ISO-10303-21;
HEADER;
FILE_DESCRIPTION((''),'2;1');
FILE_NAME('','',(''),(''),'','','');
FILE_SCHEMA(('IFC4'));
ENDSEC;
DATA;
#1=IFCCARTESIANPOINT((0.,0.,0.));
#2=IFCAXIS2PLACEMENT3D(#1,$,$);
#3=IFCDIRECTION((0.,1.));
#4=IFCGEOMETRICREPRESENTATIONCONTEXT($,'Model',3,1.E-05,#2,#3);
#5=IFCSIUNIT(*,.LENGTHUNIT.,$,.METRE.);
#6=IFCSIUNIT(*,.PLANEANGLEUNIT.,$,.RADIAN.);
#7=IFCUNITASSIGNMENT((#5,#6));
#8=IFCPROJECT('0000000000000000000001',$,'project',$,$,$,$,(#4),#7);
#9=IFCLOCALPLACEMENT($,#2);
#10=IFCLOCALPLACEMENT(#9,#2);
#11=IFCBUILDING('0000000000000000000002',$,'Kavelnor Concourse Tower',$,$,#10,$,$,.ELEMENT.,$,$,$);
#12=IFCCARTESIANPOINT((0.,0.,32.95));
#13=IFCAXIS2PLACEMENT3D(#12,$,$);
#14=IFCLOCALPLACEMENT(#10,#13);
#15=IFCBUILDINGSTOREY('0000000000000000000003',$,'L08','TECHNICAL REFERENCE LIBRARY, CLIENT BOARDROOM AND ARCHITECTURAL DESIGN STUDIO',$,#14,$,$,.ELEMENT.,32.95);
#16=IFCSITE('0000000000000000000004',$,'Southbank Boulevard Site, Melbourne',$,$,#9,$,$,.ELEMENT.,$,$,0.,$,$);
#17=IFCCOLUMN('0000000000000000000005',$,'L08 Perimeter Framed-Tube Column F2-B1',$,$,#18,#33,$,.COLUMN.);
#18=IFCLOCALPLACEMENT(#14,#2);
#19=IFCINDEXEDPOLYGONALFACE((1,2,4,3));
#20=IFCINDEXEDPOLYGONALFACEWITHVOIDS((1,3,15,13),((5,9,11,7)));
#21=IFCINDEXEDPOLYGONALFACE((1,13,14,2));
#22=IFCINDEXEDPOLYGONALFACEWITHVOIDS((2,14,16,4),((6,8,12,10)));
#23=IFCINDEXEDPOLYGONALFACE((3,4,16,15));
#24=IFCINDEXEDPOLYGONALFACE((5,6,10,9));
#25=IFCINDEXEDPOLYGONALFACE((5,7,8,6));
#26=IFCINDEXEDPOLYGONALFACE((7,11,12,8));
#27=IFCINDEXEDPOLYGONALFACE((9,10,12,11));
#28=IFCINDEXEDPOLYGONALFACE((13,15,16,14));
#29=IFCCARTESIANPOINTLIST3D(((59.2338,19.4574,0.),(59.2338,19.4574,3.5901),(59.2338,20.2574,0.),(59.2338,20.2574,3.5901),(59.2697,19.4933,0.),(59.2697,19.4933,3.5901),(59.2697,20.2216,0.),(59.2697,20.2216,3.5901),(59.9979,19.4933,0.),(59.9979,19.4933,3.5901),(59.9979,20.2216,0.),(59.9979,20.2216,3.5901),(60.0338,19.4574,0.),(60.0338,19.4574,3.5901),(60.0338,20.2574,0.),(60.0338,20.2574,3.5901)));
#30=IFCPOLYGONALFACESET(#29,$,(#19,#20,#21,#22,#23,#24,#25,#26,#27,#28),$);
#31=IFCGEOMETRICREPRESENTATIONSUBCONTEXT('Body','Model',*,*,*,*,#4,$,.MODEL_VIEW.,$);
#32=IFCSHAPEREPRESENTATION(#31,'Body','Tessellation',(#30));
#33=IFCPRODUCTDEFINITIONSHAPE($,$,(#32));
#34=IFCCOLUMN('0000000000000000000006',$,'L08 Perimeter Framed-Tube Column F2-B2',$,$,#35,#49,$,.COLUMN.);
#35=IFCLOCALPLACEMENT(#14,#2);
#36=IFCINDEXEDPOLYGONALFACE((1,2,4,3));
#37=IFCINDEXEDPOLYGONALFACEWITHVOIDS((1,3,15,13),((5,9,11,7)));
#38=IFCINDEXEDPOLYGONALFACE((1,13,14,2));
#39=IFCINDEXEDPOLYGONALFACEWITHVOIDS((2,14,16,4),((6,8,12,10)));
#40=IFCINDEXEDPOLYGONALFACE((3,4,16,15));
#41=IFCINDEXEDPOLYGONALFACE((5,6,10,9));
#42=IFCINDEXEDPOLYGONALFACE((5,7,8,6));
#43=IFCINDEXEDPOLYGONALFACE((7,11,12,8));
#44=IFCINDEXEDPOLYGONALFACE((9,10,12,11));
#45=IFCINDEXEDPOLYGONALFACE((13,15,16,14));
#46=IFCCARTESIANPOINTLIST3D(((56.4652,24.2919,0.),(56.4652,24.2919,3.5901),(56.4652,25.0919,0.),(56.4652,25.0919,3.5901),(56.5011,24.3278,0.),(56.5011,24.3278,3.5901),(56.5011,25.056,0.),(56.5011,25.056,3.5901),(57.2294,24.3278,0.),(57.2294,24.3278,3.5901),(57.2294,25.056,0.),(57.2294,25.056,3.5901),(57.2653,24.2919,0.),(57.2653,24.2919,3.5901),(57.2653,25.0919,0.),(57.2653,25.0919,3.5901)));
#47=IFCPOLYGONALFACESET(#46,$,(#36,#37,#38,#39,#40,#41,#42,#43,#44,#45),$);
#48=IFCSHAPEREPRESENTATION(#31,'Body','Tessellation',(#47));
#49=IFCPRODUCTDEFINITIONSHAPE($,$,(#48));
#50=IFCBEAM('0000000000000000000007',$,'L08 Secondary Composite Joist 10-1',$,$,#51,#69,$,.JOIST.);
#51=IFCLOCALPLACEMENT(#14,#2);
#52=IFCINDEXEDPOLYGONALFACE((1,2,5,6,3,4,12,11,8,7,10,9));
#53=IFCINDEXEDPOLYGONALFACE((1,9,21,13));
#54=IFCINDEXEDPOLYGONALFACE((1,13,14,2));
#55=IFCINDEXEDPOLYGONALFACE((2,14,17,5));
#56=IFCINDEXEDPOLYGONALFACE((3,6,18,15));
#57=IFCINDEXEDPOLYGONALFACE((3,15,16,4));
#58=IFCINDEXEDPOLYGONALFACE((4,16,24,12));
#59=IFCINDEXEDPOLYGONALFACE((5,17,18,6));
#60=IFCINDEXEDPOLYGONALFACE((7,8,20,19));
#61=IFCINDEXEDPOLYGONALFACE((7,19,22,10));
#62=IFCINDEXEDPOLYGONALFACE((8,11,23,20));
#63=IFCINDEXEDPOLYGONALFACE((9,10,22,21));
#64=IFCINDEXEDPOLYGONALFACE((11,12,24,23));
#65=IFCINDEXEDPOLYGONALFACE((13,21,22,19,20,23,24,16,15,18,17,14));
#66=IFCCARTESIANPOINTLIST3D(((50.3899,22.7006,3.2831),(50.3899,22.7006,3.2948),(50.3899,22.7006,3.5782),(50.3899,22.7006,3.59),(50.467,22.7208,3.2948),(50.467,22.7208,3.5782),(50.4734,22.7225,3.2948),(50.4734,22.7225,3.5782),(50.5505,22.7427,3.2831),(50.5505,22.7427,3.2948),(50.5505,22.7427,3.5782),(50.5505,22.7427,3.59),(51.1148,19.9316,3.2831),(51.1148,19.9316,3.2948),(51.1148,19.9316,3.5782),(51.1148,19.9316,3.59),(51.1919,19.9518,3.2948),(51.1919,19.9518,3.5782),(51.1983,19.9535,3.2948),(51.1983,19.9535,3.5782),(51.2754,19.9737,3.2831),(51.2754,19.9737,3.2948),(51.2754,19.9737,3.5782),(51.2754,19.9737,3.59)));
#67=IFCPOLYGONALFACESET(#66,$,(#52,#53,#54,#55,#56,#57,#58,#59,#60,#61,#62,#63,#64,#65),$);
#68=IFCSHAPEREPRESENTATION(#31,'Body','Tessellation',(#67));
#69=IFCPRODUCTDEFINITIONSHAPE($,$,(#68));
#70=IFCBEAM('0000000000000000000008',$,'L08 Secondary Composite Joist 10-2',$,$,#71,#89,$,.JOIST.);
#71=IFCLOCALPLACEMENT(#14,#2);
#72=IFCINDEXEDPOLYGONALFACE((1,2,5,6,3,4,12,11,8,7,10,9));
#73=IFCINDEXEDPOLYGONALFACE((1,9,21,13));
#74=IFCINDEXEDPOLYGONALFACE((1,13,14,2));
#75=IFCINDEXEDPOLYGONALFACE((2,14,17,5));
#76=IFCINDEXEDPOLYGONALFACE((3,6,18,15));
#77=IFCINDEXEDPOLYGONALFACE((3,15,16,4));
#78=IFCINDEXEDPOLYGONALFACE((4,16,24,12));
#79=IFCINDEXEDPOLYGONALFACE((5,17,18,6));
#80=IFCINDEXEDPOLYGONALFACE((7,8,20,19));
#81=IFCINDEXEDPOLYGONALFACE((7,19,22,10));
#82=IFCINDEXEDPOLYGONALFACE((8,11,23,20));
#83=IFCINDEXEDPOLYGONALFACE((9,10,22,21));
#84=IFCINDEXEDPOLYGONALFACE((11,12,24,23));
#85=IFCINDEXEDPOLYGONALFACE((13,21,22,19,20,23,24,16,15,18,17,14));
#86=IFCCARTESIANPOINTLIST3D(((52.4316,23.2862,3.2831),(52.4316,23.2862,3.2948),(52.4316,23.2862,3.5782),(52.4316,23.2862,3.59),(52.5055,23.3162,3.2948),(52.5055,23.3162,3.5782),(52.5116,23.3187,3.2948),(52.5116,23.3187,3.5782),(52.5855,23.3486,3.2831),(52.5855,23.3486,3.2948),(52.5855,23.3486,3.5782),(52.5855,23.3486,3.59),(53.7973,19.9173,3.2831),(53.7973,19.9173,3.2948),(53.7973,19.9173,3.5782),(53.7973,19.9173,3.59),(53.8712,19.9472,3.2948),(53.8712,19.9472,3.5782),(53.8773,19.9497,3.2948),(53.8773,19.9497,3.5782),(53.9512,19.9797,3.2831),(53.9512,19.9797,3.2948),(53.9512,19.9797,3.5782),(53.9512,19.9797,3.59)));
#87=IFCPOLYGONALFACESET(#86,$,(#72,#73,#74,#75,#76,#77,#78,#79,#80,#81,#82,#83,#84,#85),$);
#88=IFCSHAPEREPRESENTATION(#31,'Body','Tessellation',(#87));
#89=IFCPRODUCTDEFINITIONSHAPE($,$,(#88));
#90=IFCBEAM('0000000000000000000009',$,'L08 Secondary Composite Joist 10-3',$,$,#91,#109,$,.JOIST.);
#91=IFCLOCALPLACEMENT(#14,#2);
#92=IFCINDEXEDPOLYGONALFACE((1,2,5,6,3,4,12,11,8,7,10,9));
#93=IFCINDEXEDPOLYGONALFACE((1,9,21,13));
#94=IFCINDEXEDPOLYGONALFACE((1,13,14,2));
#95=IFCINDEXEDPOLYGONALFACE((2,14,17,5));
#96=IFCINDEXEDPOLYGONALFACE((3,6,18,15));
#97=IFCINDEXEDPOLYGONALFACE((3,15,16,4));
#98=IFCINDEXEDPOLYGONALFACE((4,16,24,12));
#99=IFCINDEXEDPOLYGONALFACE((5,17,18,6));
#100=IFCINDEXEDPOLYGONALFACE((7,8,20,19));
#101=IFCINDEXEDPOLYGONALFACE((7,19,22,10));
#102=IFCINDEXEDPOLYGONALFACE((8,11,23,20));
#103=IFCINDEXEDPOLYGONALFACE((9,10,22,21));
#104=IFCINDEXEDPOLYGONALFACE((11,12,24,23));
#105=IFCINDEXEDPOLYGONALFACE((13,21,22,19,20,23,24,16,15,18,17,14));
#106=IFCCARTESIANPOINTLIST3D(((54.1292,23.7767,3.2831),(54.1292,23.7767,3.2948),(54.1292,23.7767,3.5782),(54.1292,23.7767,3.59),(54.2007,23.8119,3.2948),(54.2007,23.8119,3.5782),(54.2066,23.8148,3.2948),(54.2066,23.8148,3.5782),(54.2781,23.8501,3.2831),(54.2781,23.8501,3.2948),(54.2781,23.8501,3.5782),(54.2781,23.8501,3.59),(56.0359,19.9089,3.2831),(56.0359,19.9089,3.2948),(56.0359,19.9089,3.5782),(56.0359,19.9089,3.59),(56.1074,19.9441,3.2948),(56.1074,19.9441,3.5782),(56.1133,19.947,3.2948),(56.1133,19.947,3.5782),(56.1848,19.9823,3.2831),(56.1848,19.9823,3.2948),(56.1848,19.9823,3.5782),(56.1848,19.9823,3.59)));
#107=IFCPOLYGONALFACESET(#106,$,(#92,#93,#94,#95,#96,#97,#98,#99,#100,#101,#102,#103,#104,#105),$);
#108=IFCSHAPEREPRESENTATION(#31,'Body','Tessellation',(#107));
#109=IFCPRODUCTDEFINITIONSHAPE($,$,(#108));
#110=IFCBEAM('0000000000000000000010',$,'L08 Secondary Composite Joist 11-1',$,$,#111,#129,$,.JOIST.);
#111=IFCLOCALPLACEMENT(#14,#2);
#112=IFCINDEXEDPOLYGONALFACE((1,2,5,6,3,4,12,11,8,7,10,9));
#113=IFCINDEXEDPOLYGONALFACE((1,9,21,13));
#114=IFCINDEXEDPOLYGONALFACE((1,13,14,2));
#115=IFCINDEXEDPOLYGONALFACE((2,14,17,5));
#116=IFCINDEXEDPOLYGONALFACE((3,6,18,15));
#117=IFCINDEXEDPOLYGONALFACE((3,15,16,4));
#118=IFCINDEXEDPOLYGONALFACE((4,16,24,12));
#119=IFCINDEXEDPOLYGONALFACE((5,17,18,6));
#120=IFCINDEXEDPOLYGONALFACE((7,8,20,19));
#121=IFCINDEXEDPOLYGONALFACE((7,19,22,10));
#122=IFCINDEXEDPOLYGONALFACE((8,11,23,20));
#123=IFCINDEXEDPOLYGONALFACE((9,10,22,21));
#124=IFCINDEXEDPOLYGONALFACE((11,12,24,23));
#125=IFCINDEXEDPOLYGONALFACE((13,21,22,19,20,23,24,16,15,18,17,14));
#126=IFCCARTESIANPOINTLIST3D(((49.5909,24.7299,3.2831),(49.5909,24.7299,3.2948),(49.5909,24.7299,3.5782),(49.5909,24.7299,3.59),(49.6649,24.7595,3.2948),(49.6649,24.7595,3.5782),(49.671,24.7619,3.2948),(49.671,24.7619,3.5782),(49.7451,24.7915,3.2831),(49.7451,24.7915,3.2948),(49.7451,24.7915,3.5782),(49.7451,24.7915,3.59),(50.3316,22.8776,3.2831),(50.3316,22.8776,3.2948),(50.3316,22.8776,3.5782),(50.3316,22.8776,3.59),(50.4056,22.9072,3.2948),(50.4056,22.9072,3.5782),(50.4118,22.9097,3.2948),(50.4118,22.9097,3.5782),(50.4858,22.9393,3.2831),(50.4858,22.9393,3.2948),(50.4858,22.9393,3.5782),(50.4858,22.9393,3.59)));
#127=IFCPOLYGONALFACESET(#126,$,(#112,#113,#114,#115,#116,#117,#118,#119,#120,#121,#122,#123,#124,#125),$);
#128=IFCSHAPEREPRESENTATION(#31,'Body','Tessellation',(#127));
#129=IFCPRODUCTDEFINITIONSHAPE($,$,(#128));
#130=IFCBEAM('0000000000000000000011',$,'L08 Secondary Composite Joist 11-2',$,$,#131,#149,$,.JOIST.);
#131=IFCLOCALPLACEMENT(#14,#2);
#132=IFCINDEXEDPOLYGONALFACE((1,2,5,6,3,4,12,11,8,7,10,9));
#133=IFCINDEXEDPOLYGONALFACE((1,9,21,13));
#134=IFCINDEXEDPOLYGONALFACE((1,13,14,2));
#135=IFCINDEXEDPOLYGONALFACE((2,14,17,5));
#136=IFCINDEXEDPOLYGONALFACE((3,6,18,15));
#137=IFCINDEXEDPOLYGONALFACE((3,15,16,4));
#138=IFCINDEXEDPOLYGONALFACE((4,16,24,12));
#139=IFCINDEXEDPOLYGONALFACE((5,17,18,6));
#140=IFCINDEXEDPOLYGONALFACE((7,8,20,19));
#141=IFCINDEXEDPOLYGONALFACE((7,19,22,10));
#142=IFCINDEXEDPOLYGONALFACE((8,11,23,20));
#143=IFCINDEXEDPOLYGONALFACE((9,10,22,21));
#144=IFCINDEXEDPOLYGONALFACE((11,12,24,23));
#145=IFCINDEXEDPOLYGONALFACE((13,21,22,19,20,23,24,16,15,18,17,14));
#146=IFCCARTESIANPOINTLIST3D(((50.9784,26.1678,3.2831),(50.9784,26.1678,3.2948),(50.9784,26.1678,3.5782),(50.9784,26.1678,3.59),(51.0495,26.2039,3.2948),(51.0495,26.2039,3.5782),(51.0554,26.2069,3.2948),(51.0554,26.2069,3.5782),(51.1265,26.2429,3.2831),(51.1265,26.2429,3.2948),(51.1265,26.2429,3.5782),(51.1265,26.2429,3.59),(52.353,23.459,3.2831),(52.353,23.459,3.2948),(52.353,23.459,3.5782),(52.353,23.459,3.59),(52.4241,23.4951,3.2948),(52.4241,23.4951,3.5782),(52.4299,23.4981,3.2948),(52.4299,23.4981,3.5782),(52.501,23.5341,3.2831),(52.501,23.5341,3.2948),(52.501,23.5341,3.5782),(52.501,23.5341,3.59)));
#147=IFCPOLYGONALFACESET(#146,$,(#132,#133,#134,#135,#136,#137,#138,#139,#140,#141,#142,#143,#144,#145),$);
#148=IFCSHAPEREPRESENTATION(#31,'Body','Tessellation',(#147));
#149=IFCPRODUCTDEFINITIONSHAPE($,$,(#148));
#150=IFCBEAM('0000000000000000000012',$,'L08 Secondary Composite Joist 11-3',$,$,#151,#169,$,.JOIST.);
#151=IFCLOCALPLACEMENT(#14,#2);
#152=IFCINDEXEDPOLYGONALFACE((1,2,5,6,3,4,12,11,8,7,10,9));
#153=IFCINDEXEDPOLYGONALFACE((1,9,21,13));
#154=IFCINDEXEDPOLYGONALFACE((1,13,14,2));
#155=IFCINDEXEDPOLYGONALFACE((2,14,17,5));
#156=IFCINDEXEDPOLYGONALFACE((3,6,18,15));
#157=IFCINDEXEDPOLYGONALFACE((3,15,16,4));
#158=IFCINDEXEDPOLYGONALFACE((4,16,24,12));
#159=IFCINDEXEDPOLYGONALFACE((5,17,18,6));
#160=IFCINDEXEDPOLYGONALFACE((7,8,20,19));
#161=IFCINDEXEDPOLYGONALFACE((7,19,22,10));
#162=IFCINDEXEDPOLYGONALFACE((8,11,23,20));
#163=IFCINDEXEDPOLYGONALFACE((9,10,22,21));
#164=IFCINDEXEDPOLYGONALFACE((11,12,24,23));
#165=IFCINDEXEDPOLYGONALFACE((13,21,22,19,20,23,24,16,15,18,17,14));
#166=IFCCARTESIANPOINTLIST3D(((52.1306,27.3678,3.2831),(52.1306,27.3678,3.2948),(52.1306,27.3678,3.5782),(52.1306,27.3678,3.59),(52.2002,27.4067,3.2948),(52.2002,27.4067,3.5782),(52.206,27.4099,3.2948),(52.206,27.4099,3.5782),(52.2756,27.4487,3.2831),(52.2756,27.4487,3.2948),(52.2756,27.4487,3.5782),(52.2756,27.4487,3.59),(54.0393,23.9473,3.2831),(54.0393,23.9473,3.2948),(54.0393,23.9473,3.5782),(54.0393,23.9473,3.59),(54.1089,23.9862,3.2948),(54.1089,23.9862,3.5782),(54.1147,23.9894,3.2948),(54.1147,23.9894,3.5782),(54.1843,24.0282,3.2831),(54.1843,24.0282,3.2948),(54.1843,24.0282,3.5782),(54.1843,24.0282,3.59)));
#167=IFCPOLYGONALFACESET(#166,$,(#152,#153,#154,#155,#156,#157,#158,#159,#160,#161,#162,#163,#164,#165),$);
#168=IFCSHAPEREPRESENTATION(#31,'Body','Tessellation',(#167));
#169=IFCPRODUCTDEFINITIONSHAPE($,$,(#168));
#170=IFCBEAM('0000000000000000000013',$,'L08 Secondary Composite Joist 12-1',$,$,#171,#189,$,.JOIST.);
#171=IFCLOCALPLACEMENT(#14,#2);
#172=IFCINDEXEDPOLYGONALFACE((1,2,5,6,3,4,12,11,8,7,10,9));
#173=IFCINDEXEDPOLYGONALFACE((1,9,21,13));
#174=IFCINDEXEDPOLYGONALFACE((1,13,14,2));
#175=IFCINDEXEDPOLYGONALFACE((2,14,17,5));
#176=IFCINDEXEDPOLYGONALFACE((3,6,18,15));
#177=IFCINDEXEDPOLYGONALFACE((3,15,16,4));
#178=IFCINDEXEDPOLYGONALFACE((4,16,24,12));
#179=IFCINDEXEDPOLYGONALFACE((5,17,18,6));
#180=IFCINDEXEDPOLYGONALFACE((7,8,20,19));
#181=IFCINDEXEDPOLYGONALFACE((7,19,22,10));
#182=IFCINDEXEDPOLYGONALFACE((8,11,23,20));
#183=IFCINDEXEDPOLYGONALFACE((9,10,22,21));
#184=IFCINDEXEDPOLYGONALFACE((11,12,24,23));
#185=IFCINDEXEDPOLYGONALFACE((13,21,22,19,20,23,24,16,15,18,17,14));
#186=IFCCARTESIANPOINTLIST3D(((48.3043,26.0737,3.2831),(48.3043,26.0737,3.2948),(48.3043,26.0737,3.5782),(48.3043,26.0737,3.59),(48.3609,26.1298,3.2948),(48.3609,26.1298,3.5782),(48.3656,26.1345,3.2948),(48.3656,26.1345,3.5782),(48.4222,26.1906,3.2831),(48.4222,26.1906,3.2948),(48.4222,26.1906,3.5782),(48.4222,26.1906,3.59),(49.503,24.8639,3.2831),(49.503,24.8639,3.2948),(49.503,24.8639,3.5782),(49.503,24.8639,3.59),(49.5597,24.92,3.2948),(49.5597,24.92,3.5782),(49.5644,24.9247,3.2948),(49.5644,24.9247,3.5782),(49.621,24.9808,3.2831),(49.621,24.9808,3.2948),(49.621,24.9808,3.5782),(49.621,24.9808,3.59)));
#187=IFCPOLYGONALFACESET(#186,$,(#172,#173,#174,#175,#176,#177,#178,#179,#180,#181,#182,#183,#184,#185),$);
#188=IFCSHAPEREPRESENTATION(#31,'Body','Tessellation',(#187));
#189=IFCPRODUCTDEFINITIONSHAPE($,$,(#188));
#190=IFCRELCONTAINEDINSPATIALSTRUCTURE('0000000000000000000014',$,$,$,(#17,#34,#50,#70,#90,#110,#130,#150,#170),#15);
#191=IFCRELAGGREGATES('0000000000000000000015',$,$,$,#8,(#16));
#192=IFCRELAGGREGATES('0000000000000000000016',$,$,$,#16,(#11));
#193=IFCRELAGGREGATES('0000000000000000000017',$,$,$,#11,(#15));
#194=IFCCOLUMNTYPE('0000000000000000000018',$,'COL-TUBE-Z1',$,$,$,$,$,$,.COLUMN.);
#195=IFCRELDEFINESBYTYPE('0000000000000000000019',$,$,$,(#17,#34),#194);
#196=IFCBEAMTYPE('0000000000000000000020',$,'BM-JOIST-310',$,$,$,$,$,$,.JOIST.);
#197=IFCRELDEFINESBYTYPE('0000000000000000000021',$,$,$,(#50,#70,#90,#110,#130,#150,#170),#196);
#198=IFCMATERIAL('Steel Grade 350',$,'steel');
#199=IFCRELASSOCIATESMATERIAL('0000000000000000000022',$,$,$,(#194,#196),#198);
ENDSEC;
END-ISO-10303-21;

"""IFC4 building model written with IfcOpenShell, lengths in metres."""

from ifc_helpers import new_model, si_unit, direction, frame, origin, origin_2d, place, context, subcontext, project, spatial, hollow_rectangle, i_section, extrude, material, material_profile, profile_set, type_object, element, save


model = new_model("IFC4")

# Units and contexts
model_context = context("Model", 3, precision=1e-05, world=origin(), true_north=direction((0.0, 1.0)))
body_context = subcontext(model_context, "Body", "Model", "MODEL_VIEW")
ifc_project = project(units=[si_unit("LENGTHUNIT", "METRE"), si_unit("PLANEANGLEUNIT", "RADIAN")], contexts=[model_context])

# Site, building, storey
site_placement = place(None, origin())
site = spatial("IfcSite", under=ifc_project, at=site_placement, Name="Southbank Boulevard Site, Melbourne", CompositionType="ELEMENT", RefElevation=0.0)
building_placement = place(site_placement, origin())
building = spatial("IfcBuilding", under=site, at=building_placement, Name="Kavelnor Concourse Tower", CompositionType="ELEMENT")
storey_placement = place(building_placement, frame((0.0, 0.0, 32.95)))
storey = spatial("IfcBuildingStorey", under=building, at=storey_placement, Name="L08", Description="TECHNICAL REFERENCE LIBRARY, CLIENT BOARDROOM AND ARCHITECTURAL DESIGN STUDIO", CompositionType="ELEMENT", Elevation=32.95)

# Columns
ifc_material_1 = material(Name="Steel Grade 350", Category="steel")
ifc_material_profile_1 = material_profile(ifc_material_1, hollow_rectangle(XDim=0.8, YDim=0.8, WallThickness=0.0359, at=origin_2d()), Name="SHS 800x800x36")
ifc_profile_set_1 = profile_set([ifc_material_profile_1], Name="Steel Grade 350")
column_type = type_object("IfcColumnType", Name="COL-TUBE-Z1", PredefinedType="COLUMN", material=ifc_profile_set_1)
for number, where, z_axis, x_axis, name in (
    (1, (59.6338, 19.8574, 0.0), (0.0, 0.0, 1.0), (1.0, 0.0, 0.0), "L08 Perimeter Framed-Tube Column F2-B1"),
    (2, (56.8652, 24.6919, 0.0), (0.0, 0.0, 1.0), (1.0, 0.0, 0.0), "L08 Perimeter Framed-Tube Column F2-B2"),
):
    element("IfcColumn", number, at=place(storey_placement, frame(where, z_axis=z_axis, x_axis=x_axis)), inside=storey, type_object=column_type, Name=name, PredefinedType="COLUMN", context=body_context, shape_type="SweptSolid", body=[
        extrude(hollow_rectangle(XDim=0.8, YDim=0.8, WallThickness=0.0359, at=origin_2d()), origin(), (0.0, 0.0, 1.0), 3.5901),
    ])

# Beams
ifc_material_profile_2 = material_profile(ifc_material_1, i_section(OverallWidth=0.166, OverallDepth=0.3069, WebThickness=0.0066, FlangeThickness=0.0117, at=origin_2d()), Name="310UB46")
ifc_profile_set_2 = profile_set([ifc_material_profile_2], Name="Steel Grade 350")
beam_type_1 = type_object("IfcBeamType", Name="BM-JOIST-310", PredefinedType="JOIST", material=ifc_profile_set_2)
beam_1_placement = place(storey_placement, frame((51.1951, 19.9526, 3.4365), z_axis=(-0.253238, 0.967404, 0.0), x_axis=(-0.967404, -0.253238, 0.0)))
element("IfcBeam", 3, at=beam_1_placement, inside=storey, type_object=beam_type_1, Name="L08 Secondary Composite Joist 10-1", PredefinedType="JOIST", context=body_context, shape_type="SweptSolid", body=[
    extrude(i_section(OverallWidth=0.166, OverallDepth=0.3069, WebThickness=0.0066, FlangeThickness=0.0117, at=origin_2d()), origin(), (0.0, 0.0, 1.0), 2.8623),
])
beam_2_placement = place(storey_placement, frame((53.8743, 19.9485, 3.4365), z_axis=(-0.375694, 0.926744, 0.0), x_axis=(-0.926744, -0.375694, 0.0)))
element("IfcBeam", 4, at=beam_2_placement, inside=storey, type_object=beam_type_1, Name="L08 Secondary Composite Joist 10-2", PredefinedType="JOIST", context=body_context, shape_type="SweptSolid", body=[
    extrude(i_section(OverallWidth=0.166, OverallDepth=0.3069, WebThickness=0.0066, FlangeThickness=0.0117, at=origin_2d()), origin(), (0.0, 0.0, 1.0), 3.6353),
])
beam_3_placement = place(storey_placement, frame((56.1104, 19.9456, 3.4365), z_axis=(-0.442156, 0.896938, 0.0), x_axis=(-0.896938, -0.442156, 0.0)))
element("IfcBeam", 5, at=beam_3_placement, inside=storey, type_object=beam_type_1, Name="L08 Secondary Composite Joist 10-3", PredefinedType="JOIST", context=body_context, shape_type="SweptSolid", body=[
    extrude(i_section(OverallWidth=0.166, OverallDepth=0.3069, WebThickness=0.0066, FlangeThickness=0.0117, at=origin_2d()), origin(), (0.0, 0.0, 1.0), 4.3123),
])
beam_4_placement = place(storey_placement, frame((50.4087, 22.9084, 3.4365), z_axis=(-0.371306, 0.92851, 0.0), x_axis=(-0.92851, -0.371306, 0.0)))
element("IfcBeam", 6, at=beam_4_placement, inside=storey, type_object=beam_type_1, Name="L08 Secondary Composite Joist 11-1", PredefinedType="JOIST", context=body_context, shape_type="SweptSolid", body=[
    extrude(i_section(OverallWidth=0.166, OverallDepth=0.3069, WebThickness=0.0066, FlangeThickness=0.0117, at=origin_2d()), origin(), (0.0, 0.0, 1.0), 1.9949),
])
beam_5_placement = place(storey_placement, frame((52.427, 23.4966, 3.4365), z_axis=(-0.45251, 0.891759, 0.0), x_axis=(-0.891759, -0.45251, 0.0)))
element("IfcBeam", 7, at=beam_5_placement, inside=storey, type_object=beam_type_1, Name="L08 Secondary Composite Joist 11-2", PredefinedType="JOIST", context=body_context, shape_type="SweptSolid", body=[
    extrude(i_section(OverallWidth=0.166, OverallDepth=0.3069, WebThickness=0.0066, FlangeThickness=0.0117, at=origin_2d()), origin(), (0.0, 0.0, 1.0), 3.0376),
])
beam_6_placement = place(storey_placement, frame((54.1118, 23.9878, 3.4365), z_axis=(-0.487293, 0.873238, 0.0), x_axis=(-0.873238, -0.487293, 0.0)))
element("IfcBeam", 8, at=beam_6_placement, inside=storey, type_object=beam_type_1, Name="L08 Secondary Composite Joist 11-3", PredefinedType="JOIST", context=body_context, shape_type="SweptSolid", body=[
    extrude(i_section(OverallWidth=0.166, OverallDepth=0.3069, WebThickness=0.0066, FlangeThickness=0.0117, at=origin_2d()), origin(), (0.0, 0.0, 1.0), 3.917),
])
beam_7_placement = place(storey_placement, frame((49.562, 24.9224, 3.4365), z_axis=(-0.703874, 0.710325, 0.0), x_axis=(-0.710325, -0.703874, 0.0)))
element("IfcBeam", 9, at=beam_7_placement, inside=storey, type_object=beam_type_1, Name="L08 Secondary Composite Joist 12-1", PredefinedType="JOIST", context=body_context, shape_type="SweptSolid", body=[
    extrude(i_section(OverallWidth=0.166, OverallDepth=0.3069, WebThickness=0.0066, FlangeThickness=0.0117, at=origin_2d()), origin(), (0.0, 0.0, 1.0), 1.7031),
])

save(model, "model.ifc")
